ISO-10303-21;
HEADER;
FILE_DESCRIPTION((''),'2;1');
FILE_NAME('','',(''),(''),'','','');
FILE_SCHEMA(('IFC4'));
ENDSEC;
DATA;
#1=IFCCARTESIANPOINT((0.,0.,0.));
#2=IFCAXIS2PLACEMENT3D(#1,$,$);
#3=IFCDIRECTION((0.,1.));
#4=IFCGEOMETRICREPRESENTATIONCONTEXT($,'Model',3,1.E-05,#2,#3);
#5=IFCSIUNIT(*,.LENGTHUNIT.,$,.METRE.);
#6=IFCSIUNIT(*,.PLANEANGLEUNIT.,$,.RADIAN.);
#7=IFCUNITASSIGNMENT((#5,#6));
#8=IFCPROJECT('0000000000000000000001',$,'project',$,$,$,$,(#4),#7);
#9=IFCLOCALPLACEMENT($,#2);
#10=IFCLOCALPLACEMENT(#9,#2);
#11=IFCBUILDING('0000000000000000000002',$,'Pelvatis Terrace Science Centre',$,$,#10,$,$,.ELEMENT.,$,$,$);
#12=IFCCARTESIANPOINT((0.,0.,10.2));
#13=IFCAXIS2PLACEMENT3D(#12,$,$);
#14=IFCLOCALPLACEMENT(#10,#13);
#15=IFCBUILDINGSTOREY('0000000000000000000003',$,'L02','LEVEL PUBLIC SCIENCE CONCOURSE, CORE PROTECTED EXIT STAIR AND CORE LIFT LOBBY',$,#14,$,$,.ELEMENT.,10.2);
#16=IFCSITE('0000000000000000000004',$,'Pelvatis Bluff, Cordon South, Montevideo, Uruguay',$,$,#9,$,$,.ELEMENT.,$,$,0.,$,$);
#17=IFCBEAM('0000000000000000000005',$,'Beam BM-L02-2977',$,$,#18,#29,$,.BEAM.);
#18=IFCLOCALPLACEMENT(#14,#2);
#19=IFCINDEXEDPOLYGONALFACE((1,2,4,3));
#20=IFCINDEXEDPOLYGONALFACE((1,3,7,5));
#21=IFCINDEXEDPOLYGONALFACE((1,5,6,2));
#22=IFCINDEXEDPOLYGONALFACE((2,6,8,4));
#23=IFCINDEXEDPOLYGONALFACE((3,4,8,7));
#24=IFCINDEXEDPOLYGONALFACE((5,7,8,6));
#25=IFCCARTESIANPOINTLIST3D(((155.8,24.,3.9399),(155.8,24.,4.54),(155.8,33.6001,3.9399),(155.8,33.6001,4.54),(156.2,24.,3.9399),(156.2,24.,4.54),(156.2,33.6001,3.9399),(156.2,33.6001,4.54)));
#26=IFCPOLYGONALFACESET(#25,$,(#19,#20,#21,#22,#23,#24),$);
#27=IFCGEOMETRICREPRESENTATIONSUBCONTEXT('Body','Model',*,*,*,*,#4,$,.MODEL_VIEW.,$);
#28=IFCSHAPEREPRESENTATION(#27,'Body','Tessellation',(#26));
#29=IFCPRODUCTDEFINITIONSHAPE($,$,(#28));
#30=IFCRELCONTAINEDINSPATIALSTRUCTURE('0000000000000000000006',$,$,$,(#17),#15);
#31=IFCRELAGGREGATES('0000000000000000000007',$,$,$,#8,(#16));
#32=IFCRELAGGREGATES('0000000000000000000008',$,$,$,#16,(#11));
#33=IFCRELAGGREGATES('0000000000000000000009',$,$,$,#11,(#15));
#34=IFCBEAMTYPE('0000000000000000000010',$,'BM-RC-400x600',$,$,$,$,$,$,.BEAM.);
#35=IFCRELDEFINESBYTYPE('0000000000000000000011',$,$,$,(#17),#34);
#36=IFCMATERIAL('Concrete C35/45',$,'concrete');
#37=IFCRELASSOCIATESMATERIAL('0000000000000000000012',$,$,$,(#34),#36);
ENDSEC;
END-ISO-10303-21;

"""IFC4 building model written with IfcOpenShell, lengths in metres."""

from ifc_helpers import new_model, si_unit, direction, frame, origin, origin_2d, place, context, subcontext, project, spatial, rectangle, extrude, material, material_profile, profile_set, type_object, element, save


model = new_model("IFC4")

# Units and contexts
model_context = context("Model", 3, precision=1e-05, world=origin(), true_north=direction((0.0, 1.0)))
body_context = subcontext(model_context, "Body", "Model", "MODEL_VIEW")
ifc_project = project(units=[si_unit("LENGTHUNIT", "METRE"), si_unit("PLANEANGLEUNIT", "RADIAN")], contexts=[model_context])

# Site, building, storey
site_placement = place(None, origin())
site = spatial("IfcSite", under=ifc_project, at=site_placement, Name="Pelvatis Bluff, Cordon South, Montevideo, Uruguay", CompositionType="ELEMENT", RefElevation=0.0)
building_placement = place(site_placement, origin())
building = spatial("IfcBuilding", under=site, at=building_placement, Name="Pelvatis Terrace Science Centre", CompositionType="ELEMENT")
storey_placement = place(building_placement, frame((0.0, 0.0, 10.2)))
storey = spatial("IfcBuildingStorey", under=building, at=storey_placement, Name="L02", Description="LEVEL PUBLIC SCIENCE CONCOURSE, CORE PROTECTED EXIT STAIR AND CORE LIFT LOBBY", CompositionType="ELEMENT", Elevation=10.2)

# Beam
ifc_material_1 = material(Name="Concrete C35/45", Category="concrete")
ifc_material_profile = material_profile(ifc_material_1, rectangle(XDim=0.3999, YDim=0.6001, at=origin_2d()), Name="RC-BM 400x600")
ifc_profile_set = profile_set([ifc_material_profile], Name="Concrete C35/45")
beam_type = type_object("IfcBeamType", Name="BM-RC-400x600", PredefinedType="BEAM", material=ifc_profile_set)
beam_placement = place(storey_placement, frame((156.0, 24.0, 4.24), z_axis=(0.0, 1.0, 0.0), x_axis=(-1.0, 0.0, 0.0)))
element("IfcBeam", 1, at=beam_placement, inside=storey, type_object=beam_type, Name="Beam BM-L02-2977", PredefinedType="BEAM", context=body_context, shape_type="SweptSolid", body=[
    extrude(rectangle(XDim=0.3999, YDim=0.6001, at=origin_2d()), origin(), (0.0, 0.0, 1.0), 9.6001),
])

save(model, "model.ifc")
